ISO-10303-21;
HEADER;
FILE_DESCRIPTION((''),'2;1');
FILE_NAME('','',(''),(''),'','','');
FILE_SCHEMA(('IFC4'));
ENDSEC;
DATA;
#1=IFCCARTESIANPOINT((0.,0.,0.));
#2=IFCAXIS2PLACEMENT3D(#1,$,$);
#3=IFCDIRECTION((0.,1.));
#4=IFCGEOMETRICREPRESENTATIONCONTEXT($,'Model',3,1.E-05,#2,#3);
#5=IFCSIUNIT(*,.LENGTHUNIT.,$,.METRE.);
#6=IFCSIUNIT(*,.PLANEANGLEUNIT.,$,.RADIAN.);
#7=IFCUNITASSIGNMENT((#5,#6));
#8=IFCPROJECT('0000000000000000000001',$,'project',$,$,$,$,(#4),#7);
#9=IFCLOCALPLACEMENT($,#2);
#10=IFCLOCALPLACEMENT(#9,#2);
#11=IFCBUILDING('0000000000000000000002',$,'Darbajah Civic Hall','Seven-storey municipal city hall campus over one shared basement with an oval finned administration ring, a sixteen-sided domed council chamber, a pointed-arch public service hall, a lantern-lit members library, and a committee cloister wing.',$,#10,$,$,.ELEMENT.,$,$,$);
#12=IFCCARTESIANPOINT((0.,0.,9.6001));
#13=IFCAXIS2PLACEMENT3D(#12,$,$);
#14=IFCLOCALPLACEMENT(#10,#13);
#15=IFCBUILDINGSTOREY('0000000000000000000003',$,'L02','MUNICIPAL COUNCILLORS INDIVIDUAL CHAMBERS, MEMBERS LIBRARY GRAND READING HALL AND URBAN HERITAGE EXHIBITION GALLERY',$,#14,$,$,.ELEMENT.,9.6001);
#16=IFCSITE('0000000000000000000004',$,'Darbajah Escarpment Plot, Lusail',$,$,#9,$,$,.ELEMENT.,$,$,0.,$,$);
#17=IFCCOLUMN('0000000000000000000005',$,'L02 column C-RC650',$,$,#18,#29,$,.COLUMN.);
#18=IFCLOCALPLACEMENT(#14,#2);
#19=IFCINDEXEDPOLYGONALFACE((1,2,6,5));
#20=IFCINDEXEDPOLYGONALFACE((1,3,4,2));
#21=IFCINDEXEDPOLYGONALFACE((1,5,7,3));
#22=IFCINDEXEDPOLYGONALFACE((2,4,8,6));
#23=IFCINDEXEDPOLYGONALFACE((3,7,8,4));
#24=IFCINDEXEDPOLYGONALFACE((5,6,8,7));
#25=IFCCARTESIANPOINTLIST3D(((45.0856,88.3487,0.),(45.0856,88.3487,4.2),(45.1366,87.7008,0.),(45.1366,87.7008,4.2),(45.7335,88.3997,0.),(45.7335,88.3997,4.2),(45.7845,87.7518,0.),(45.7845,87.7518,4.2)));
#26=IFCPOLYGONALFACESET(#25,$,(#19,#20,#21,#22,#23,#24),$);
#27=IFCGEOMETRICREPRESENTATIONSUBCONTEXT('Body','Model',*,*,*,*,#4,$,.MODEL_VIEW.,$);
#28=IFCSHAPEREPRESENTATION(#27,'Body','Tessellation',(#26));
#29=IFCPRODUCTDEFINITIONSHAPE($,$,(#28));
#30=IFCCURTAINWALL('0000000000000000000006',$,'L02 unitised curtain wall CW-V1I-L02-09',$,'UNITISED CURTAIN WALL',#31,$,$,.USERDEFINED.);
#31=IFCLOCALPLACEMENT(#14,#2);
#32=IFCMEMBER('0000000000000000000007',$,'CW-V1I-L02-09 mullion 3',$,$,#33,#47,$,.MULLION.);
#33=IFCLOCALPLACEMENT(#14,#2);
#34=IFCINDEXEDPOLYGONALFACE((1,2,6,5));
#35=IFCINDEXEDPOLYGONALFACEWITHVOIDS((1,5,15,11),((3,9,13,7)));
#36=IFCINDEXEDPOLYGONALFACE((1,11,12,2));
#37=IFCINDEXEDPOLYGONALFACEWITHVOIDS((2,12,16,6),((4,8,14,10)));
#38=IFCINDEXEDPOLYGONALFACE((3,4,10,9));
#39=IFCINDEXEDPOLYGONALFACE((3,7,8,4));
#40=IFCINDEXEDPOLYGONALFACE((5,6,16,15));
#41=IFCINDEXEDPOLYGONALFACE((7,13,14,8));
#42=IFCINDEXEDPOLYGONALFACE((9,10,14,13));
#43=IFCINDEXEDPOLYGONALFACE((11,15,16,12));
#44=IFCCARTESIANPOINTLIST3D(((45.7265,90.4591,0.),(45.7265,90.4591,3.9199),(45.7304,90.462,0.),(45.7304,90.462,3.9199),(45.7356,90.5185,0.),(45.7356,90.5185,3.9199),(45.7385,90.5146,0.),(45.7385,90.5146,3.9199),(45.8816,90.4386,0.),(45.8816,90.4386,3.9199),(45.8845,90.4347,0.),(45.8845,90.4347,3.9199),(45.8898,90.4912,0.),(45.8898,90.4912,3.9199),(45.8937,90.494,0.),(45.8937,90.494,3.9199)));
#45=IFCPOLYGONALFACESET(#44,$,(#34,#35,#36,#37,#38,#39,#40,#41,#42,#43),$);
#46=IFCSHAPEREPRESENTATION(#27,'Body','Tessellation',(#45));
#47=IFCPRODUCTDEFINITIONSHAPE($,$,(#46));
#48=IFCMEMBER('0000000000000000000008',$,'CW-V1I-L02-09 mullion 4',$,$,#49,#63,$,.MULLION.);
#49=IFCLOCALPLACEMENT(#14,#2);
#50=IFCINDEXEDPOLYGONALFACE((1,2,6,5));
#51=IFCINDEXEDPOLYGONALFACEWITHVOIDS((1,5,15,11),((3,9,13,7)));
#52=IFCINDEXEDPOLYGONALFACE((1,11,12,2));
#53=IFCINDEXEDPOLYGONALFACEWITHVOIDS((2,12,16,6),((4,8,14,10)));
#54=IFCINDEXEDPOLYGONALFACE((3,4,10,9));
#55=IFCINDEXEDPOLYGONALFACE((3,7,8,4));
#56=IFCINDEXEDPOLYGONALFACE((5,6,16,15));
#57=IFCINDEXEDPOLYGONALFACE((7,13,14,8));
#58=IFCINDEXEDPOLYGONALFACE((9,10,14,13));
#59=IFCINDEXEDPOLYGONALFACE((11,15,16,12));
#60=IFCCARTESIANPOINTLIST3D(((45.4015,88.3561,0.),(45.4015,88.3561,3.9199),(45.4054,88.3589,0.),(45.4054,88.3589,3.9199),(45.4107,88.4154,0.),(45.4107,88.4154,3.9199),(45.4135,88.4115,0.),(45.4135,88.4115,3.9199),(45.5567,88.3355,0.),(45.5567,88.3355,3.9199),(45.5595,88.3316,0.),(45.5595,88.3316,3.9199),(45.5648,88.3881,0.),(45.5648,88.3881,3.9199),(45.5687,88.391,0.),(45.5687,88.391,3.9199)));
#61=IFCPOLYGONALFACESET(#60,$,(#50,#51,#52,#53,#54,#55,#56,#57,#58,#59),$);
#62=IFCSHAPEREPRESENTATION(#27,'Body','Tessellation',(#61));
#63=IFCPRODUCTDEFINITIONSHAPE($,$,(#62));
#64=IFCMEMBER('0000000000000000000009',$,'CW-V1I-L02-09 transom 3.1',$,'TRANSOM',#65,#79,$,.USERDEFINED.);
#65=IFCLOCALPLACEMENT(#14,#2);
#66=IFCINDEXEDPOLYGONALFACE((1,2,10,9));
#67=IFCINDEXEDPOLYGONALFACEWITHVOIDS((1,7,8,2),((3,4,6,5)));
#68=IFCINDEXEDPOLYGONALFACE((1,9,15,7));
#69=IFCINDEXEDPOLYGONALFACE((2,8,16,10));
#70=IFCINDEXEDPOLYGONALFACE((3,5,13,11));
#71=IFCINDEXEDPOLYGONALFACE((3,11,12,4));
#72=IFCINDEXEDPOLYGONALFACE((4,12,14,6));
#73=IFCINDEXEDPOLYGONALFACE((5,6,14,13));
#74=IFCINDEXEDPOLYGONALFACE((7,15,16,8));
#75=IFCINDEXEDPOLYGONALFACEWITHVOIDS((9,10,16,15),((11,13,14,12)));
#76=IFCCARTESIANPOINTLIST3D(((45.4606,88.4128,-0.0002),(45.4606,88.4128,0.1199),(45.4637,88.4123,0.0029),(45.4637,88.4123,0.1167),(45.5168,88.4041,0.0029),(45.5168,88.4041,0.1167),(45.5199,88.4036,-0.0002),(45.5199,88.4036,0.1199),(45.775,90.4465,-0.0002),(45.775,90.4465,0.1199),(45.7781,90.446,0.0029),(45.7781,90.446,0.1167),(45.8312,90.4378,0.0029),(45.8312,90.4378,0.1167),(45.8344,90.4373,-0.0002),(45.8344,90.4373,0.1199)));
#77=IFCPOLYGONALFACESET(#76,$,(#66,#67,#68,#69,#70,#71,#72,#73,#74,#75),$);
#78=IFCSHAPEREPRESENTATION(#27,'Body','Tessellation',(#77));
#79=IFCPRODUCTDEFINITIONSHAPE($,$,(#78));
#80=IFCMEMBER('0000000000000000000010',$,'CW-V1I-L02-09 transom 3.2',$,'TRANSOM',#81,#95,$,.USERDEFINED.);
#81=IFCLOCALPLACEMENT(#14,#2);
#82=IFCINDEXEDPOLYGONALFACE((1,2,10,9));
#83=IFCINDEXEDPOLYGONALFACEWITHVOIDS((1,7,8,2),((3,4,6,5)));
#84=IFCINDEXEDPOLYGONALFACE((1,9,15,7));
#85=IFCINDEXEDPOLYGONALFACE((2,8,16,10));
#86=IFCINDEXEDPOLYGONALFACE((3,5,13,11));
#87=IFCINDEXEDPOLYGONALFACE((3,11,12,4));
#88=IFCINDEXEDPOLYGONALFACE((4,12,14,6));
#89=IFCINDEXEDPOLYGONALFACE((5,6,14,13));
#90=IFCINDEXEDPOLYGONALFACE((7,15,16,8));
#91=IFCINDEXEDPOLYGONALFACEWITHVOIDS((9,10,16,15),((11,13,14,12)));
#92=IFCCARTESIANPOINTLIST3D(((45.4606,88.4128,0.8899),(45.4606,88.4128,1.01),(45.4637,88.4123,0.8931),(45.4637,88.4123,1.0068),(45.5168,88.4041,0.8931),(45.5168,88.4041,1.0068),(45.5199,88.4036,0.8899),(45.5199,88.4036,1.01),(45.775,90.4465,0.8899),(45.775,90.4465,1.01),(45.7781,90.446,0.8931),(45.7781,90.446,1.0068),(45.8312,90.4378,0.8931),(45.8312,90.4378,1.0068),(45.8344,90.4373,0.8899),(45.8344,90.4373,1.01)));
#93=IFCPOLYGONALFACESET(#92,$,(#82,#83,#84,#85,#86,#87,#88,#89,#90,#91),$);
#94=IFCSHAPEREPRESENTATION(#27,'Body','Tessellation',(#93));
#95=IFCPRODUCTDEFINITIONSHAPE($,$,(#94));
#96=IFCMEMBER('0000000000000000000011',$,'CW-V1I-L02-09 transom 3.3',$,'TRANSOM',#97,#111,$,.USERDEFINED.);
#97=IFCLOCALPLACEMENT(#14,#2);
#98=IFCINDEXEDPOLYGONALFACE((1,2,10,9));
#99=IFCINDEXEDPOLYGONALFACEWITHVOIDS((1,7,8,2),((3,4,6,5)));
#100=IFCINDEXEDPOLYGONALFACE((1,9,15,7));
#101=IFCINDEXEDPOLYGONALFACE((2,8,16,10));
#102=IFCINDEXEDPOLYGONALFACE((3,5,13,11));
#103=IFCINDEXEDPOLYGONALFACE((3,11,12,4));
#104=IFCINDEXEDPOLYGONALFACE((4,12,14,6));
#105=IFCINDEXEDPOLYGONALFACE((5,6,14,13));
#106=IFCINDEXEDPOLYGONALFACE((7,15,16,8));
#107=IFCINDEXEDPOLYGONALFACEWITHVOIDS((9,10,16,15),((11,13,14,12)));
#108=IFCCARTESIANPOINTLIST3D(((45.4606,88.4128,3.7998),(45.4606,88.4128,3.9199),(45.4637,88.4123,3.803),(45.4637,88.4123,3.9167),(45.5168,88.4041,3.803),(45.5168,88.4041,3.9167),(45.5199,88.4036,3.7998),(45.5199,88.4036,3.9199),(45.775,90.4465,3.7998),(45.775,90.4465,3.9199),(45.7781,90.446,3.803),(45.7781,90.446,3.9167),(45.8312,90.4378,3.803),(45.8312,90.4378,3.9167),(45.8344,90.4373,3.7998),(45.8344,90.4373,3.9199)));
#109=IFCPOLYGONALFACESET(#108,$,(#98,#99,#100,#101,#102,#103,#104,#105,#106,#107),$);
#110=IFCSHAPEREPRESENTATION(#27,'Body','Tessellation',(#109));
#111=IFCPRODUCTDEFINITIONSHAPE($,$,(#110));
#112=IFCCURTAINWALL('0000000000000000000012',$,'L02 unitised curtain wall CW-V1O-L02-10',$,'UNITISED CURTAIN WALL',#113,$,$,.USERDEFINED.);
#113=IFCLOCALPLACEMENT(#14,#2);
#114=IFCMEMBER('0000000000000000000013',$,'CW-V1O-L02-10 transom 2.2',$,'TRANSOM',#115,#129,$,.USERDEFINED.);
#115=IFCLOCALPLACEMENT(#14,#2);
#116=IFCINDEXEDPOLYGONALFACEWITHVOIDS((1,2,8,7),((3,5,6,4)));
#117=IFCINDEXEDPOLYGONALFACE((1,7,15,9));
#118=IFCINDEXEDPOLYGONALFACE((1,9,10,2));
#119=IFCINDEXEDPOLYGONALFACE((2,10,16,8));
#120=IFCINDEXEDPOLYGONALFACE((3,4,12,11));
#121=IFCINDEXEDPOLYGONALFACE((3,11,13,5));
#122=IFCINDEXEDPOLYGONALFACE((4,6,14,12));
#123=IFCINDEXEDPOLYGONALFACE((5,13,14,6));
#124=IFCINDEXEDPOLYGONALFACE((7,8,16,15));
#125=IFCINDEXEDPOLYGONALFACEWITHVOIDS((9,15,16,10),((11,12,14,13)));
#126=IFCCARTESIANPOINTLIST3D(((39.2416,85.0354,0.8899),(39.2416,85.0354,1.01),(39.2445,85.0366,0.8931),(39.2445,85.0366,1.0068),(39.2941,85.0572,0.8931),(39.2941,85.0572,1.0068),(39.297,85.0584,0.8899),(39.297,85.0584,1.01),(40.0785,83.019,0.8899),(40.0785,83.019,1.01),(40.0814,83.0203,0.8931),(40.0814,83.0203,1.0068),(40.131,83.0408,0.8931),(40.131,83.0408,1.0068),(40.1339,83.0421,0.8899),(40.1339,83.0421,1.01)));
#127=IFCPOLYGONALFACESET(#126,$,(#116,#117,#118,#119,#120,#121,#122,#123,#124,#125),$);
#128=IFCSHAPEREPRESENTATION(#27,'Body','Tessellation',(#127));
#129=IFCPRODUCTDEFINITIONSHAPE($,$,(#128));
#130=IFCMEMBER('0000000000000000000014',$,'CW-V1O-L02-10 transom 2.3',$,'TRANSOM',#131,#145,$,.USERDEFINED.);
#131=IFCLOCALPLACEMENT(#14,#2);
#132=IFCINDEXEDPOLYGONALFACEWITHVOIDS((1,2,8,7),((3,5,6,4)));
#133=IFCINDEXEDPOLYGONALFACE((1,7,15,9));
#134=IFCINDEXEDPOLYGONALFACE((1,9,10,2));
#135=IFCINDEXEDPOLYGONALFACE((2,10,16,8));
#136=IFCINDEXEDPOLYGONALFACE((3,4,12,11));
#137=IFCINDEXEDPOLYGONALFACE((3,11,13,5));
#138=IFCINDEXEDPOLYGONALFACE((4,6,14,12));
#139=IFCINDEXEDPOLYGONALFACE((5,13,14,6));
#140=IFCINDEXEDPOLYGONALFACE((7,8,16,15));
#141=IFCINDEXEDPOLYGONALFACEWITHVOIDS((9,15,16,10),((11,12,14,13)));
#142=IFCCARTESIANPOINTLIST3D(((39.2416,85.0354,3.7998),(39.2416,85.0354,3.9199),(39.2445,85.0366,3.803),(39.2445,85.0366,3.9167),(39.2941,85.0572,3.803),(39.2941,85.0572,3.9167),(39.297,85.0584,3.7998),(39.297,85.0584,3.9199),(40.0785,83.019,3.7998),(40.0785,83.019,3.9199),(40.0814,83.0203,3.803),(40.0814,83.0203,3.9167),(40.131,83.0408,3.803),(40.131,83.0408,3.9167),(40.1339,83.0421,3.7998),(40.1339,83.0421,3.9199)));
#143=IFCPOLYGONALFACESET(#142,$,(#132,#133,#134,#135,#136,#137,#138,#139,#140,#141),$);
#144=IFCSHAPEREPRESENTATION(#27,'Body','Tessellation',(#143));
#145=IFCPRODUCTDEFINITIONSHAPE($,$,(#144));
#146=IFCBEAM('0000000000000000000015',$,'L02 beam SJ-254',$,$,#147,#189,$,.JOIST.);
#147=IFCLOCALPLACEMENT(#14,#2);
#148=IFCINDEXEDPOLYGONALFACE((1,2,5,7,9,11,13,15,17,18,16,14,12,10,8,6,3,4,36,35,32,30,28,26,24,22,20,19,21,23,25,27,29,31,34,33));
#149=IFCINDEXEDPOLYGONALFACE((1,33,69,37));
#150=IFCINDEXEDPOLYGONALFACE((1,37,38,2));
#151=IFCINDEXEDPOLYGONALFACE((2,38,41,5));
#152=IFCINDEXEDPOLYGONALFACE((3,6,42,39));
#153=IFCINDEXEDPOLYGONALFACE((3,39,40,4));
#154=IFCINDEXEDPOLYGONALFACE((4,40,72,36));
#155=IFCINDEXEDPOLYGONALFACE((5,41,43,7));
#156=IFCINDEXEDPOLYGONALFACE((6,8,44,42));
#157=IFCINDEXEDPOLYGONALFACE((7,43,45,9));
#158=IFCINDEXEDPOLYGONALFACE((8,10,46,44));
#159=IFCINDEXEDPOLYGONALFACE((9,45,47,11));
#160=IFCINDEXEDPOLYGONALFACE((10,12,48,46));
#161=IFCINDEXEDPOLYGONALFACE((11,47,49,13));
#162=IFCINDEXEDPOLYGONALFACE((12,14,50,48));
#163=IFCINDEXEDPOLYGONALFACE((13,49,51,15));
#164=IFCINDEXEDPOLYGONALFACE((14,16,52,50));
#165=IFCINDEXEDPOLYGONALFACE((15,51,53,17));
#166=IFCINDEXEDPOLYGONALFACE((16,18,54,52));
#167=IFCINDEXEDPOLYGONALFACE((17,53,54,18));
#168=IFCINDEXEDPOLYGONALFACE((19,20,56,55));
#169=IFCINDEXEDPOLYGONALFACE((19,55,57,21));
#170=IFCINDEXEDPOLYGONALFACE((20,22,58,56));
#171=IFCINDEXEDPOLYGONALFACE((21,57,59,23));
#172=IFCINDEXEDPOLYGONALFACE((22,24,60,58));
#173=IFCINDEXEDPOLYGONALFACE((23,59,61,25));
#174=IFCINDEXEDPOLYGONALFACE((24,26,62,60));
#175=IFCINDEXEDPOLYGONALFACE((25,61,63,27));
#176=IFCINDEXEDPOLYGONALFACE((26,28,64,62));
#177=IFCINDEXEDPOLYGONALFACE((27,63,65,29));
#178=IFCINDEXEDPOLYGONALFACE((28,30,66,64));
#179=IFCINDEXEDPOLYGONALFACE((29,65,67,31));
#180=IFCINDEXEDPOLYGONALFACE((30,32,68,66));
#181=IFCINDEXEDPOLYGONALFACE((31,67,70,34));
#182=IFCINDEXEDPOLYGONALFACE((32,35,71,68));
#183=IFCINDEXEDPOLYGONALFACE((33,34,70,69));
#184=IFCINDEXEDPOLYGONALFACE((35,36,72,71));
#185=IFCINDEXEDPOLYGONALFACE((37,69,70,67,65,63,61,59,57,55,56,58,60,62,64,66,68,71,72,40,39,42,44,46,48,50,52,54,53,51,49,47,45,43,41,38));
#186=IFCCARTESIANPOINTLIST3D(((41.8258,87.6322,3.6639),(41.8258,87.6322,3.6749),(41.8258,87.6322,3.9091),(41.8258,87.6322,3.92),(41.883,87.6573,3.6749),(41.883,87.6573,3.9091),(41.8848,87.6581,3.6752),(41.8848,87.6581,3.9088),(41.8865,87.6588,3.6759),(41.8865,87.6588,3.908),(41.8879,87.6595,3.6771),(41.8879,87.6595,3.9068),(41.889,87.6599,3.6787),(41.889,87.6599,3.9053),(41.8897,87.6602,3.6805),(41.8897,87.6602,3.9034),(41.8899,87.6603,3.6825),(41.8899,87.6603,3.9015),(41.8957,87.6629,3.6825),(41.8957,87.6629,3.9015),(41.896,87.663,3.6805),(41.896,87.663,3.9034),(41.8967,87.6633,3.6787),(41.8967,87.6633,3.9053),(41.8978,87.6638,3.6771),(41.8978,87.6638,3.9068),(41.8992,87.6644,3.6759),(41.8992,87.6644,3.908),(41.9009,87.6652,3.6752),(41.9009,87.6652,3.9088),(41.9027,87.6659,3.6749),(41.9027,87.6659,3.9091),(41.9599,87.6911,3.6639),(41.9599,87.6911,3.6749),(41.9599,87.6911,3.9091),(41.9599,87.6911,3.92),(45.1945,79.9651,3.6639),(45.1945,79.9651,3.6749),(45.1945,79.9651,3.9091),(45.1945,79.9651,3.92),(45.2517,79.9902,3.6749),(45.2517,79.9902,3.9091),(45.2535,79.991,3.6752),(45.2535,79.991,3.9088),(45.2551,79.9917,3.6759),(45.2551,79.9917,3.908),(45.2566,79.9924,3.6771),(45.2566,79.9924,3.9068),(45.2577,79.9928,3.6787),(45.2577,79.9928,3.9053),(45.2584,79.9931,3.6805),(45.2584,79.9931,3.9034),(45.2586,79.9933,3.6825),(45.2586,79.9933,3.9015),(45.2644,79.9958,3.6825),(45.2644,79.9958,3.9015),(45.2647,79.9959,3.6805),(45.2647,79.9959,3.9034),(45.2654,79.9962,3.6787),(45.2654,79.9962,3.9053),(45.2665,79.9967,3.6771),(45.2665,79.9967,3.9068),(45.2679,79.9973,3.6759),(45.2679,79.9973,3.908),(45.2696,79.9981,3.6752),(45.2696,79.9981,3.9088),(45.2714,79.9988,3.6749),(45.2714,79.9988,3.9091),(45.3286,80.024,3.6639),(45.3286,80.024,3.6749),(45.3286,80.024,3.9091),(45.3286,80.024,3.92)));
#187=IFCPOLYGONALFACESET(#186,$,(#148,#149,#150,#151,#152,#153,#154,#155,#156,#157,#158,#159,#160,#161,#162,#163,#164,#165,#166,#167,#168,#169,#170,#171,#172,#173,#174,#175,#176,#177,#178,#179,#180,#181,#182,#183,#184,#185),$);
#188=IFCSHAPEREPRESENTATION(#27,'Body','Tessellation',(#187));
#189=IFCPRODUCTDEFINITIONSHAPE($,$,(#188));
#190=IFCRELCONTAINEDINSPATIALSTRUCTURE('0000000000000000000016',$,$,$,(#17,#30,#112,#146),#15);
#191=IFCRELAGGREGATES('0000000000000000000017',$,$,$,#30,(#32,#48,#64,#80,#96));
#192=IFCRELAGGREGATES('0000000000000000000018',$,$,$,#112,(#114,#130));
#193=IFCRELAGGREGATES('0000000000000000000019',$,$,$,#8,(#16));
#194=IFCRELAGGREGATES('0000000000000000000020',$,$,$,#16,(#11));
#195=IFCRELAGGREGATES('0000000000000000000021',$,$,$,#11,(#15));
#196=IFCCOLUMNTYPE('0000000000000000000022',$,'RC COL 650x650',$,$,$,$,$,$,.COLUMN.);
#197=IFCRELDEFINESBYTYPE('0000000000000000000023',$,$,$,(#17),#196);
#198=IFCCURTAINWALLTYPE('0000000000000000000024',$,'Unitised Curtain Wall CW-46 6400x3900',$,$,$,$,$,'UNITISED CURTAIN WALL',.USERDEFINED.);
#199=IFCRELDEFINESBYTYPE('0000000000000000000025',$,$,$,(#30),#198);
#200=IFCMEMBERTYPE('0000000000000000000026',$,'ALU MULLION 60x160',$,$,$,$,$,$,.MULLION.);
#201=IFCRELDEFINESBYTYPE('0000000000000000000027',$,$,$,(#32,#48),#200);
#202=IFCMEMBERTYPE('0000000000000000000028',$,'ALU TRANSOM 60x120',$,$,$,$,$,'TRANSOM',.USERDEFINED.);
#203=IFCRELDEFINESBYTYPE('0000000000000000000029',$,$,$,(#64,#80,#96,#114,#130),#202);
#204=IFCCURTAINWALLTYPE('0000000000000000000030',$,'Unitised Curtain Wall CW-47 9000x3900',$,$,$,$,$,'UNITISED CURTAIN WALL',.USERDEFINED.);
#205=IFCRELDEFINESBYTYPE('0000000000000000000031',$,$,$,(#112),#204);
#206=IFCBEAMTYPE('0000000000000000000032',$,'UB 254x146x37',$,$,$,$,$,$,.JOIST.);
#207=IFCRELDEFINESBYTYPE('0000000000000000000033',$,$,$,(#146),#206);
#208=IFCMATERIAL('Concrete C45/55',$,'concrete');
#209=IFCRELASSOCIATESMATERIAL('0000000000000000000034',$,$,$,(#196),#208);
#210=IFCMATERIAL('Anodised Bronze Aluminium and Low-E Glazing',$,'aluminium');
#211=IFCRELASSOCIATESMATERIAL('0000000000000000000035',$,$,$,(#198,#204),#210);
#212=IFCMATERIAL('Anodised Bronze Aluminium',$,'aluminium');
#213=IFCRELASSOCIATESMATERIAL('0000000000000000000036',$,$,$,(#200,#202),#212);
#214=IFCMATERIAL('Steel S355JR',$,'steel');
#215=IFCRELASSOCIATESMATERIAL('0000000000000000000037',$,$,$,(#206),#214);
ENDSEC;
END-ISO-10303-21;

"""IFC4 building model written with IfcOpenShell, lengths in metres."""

from ifc_helpers import new_model, si_unit, direction, frame, origin, origin_2d, place, context, subcontext, project, spatial, rectangle, hollow_rectangle, i_section, extrude, material, material_profile, profile_set, type_object, element, aggregate, save


model = new_model("IFC4")

# Units and contexts
model_context = context("Model", 3, precision=1e-05, world=origin(), true_north=direction((0.0, 1.0)))
body_context = subcontext(model_context, "Body", "Model", "MODEL_VIEW")
ifc_project = project(units=[si_unit("LENGTHUNIT", "METRE"), si_unit("PLANEANGLEUNIT", "RADIAN")], contexts=[model_context])

# Site, building, storey
site_placement = place(None, origin())
site = spatial("IfcSite", under=ifc_project, at=site_placement, Name="Darbajah Escarpment Plot, Lusail", CompositionType="ELEMENT", RefElevation=0.0)
building_placement = place(site_placement, origin())
building = spatial("IfcBuilding", under=site, at=building_placement, Name="Darbajah Civic Hall", Description="Seven-storey municipal city hall campus over one shared basement with an oval finned administration ring, a sixteen-sided domed council chamber, a pointed-arch public service hall, a lantern-lit members library, and a committee cloister wing.", CompositionType="ELEMENT")
storey_placement = place(building_placement, frame((0.0, 0.0, 9.6001)))
storey = spatial("IfcBuildingStorey", under=building, at=storey_placement, Name="L02", Description="MUNICIPAL COUNCILLORS INDIVIDUAL CHAMBERS, MEMBERS LIBRARY GRAND READING HALL AND URBAN HERITAGE EXHIBITION GALLERY", CompositionType="ELEMENT", Elevation=9.6001)

# Column
ifc_material_1 = material(Name="Concrete C45/55", Category="concrete")
ifc_material_profile_1 = material_profile(ifc_material_1, rectangle(XDim=0.6499, YDim=0.6499, at=origin_2d()), Name="RC COL 650x650")
ifc_profile_set_1 = profile_set([ifc_material_profile_1], Name="Concrete C45/55")
column_type = type_object("IfcColumnType", Name="RC COL 650x650", PredefinedType="COLUMN", material=ifc_profile_set_1)
column_placement = place(storey_placement, frame((45.4351, 88.0503, 0.0), z_axis=(0.0, 0.0, 1.0), x_axis=(-0.996917, -0.078459, 0.0)))
element("IfcColumn", 1, at=column_placement, inside=storey, type_object=column_type, Name="L02 column C-RC650", PredefinedType="COLUMN", context=body_context, shape_type="SweptSolid", body=[
    extrude(rectangle(XDim=0.6499, YDim=0.6499, at=origin_2d()), origin(), (0.0, 0.0, 1.0), 4.2),
])

# Curtain walls, members
ifc_material_2 = material(Name="Anodised Bronze Aluminium and Low-E Glazing", Category="aluminium")
curtain_wall_type_1 = type_object("IfcCurtainWallType", Name="Unitised Curtain Wall CW-46 6400x3900", ElementType="UNITISED CURTAIN WALL", PredefinedType="USERDEFINED", material=ifc_material_2)
curtain_wall_1_placement = place(storey_placement, origin())
curtain_wall_1 = element("IfcCurtainWall", 2, at=curtain_wall_1_placement, inside=storey, type_object=curtain_wall_type_1, Name="L02 unitised curtain wall CW-V1I-L02-09", ObjectType="UNITISED CURTAIN WALL", PredefinedType="USERDEFINED")
ifc_material_3 = material(Name="Anodised Bronze Aluminium", Category="aluminium")
ifc_material_profile_2 = material_profile(ifc_material_3, hollow_rectangle(XDim=0.0601, YDim=0.1599, WallThickness=0.0034, at=origin_2d()), Name="ALU MULLION 60x160")
ifc_profile_set_2 = profile_set([ifc_material_profile_2], Name="Anodised Bronze Aluminium")
member_type_1 = type_object("IfcMemberType", Name="ALU MULLION 60x160", PredefinedType="MULLION", material=ifc_profile_set_2)
member_1_placement = place(storey_placement, frame((45.8101, 90.4766, 0.0), z_axis=(0.0, 0.0, 1.0), x_axis=(-0.152813, -0.988255, 0.0)))
member_1 = element("IfcMember", 3, at=member_1_placement, type_object=member_type_1, Name="CW-V1I-L02-09 mullion 3", PredefinedType="MULLION", context=body_context, shape_type="SweptSolid", body=[
    extrude(hollow_rectangle(XDim=0.0601, YDim=0.1599, WallThickness=0.0034, at=origin_2d()), origin(), (0.0, 0.0, 1.0), 3.9199),
])
member_2_placement = place(storey_placement, frame((45.4851, 88.3735, 0.0), z_axis=(0.0, 0.0, 1.0), x_axis=(-0.152813, -0.988255, 0.0)))
member_2 = element("IfcMember", 4, at=member_2_placement, type_object=member_type_1, Name="CW-V1I-L02-09 mullion 4", PredefinedType="MULLION", context=body_context, shape_type="SweptSolid", body=[
    extrude(hollow_rectangle(XDim=0.0601, YDim=0.1599, WallThickness=0.0034, at=origin_2d()), origin(), (0.0, 0.0, 1.0), 3.9199),
])
ifc_material_profile_3 = material_profile(ifc_material_3, hollow_rectangle(XDim=0.0601, YDim=0.1201, WallThickness=0.0032, at=origin_2d()), Name="ALU TRANSOM 60x120")
ifc_profile_set_3 = profile_set([ifc_material_profile_3], Name="Anodised Bronze Aluminium")
member_type_2 = type_object("IfcMemberType", Name="ALU TRANSOM 60x120", ElementType="TRANSOM", PredefinedType="USERDEFINED", material=ifc_profile_set_3)
member_3_placement = place(storey_placement, frame((45.8047, 90.4419, 0.0598), z_axis=(-0.152806, -0.988256, 0.0), x_axis=(0.988256, -0.152806, 0.0)))
member_3 = element("IfcMember", 5, at=member_3_placement, type_object=member_type_2, Name="CW-V1I-L02-09 transom 3.1", ObjectType="TRANSOM", PredefinedType="USERDEFINED", context=body_context, shape_type="SweptSolid", body=[
    extrude(hollow_rectangle(XDim=0.0601, YDim=0.1201, WallThickness=0.0032, at=origin_2d()), origin(), (0.0, 0.0, 1.0), 2.0579),
])
member_4_placement = place(storey_placement, frame((45.8047, 90.4419, 0.95), z_axis=(-0.152806, -0.988256, 0.0), x_axis=(0.988256, -0.152806, 0.0)))
member_4 = element("IfcMember", 6, at=member_4_placement, type_object=member_type_2, Name="CW-V1I-L02-09 transom 3.2", ObjectType="TRANSOM", PredefinedType="USERDEFINED", context=body_context, shape_type="SweptSolid", body=[
    extrude(hollow_rectangle(XDim=0.0601, YDim=0.1201, WallThickness=0.0032, at=origin_2d()), origin(), (0.0, 0.0, 1.0), 2.0579),
])
member_5_placement = place(storey_placement, frame((45.8047, 90.4419, 3.8599), z_axis=(-0.152806, -0.988256, 0.0), x_axis=(0.988256, -0.152806, 0.0)))
member_5 = element("IfcMember", 7, at=member_5_placement, type_object=member_type_2, Name="CW-V1I-L02-09 transom 3.3", ObjectType="TRANSOM", PredefinedType="USERDEFINED", context=body_context, shape_type="SweptSolid", body=[
    extrude(hollow_rectangle(XDim=0.0601, YDim=0.1201, WallThickness=0.0032, at=origin_2d()), origin(), (0.0, 0.0, 1.0), 2.0579),
])
curtain_wall_type_2 = type_object("IfcCurtainWallType", Name="Unitised Curtain Wall CW-47 9000x3900", ElementType="UNITISED CURTAIN WALL", PredefinedType="USERDEFINED", material=ifc_material_2)
curtain_wall_2_placement = place(storey_placement, origin())
curtain_wall_2 = element("IfcCurtainWall", 8, at=curtain_wall_2_placement, inside=storey, type_object=curtain_wall_type_2, Name="L02 unitised curtain wall CW-V1O-L02-10", ObjectType="UNITISED CURTAIN WALL", PredefinedType="USERDEFINED")
member_6_placement = place(storey_placement, frame((39.2693, 85.0469, 0.95), z_axis=(0.383352, -0.923602, 0.0), x_axis=(0.923602, 0.383352, 0.0)))
member_6 = element("IfcMember", 9, at=member_6_placement, type_object=member_type_2, Name="CW-V1O-L02-10 transom 2.2", ObjectType="TRANSOM", PredefinedType="USERDEFINED", context=body_context, shape_type="SweptSolid", body=[
    extrude(hollow_rectangle(XDim=0.0601, YDim=0.1201, WallThickness=0.0032, at=origin_2d()), origin(), (0.0, 0.0, 1.0), 2.1831),
])
member_7_placement = place(storey_placement, frame((39.2693, 85.0469, 3.8599), z_axis=(0.383352, -0.923602, 0.0), x_axis=(0.923602, 0.383352, 0.0)))
member_7 = element("IfcMember", 10, at=member_7_placement, type_object=member_type_2, Name="CW-V1O-L02-10 transom 2.3", ObjectType="TRANSOM", PredefinedType="USERDEFINED", context=body_context, shape_type="SweptSolid", body=[
    extrude(hollow_rectangle(XDim=0.0601, YDim=0.1201, WallThickness=0.0032, at=origin_2d()), origin(), (0.0, 0.0, 1.0), 2.1831),
])

# Beam
ifc_material_4 = material(Name="Steel S355JR", Category="steel")
ifc_material_profile_4 = material_profile(ifc_material_4, i_section(OverallWidth=0.1465, OverallDepth=0.2561, WebThickness=0.0063, FlangeThickness=0.011, FilletRadius=0.0076, at=origin_2d()), Name="UB 254x146x37")
ifc_profile_set_4 = profile_set([ifc_material_profile_4], Name="Steel S355JR")
beam_type_1 = type_object("IfcBeamType", Name="UB 254x146x37", PredefinedType="JOIST", material=ifc_profile_set_4)
beam_1_placement = place(storey_placement, frame((41.8928, 87.6616, 3.792), z_axis=(0.402256, -0.915527, 0.0), x_axis=(0.915527, 0.402256, 0.0)))
element("IfcBeam", 11, at=beam_1_placement, inside=storey, type_object=beam_type_1, Name="L02 beam SJ-254", PredefinedType="JOIST", context=body_context, shape_type="SweptSolid", body=[
    extrude(i_section(OverallWidth=0.1465, OverallDepth=0.2561, WebThickness=0.0063, FlangeThickness=0.011, FilletRadius=0.0076, at=origin_2d()), origin(), (0.0, 0.0, 1.0), 8.3745),
])

aggregate(curtain_wall_1, [member_1, member_2, member_3, member_4, member_5])
aggregate(curtain_wall_2, [member_6, member_7])

save(model, "model.ifc")
